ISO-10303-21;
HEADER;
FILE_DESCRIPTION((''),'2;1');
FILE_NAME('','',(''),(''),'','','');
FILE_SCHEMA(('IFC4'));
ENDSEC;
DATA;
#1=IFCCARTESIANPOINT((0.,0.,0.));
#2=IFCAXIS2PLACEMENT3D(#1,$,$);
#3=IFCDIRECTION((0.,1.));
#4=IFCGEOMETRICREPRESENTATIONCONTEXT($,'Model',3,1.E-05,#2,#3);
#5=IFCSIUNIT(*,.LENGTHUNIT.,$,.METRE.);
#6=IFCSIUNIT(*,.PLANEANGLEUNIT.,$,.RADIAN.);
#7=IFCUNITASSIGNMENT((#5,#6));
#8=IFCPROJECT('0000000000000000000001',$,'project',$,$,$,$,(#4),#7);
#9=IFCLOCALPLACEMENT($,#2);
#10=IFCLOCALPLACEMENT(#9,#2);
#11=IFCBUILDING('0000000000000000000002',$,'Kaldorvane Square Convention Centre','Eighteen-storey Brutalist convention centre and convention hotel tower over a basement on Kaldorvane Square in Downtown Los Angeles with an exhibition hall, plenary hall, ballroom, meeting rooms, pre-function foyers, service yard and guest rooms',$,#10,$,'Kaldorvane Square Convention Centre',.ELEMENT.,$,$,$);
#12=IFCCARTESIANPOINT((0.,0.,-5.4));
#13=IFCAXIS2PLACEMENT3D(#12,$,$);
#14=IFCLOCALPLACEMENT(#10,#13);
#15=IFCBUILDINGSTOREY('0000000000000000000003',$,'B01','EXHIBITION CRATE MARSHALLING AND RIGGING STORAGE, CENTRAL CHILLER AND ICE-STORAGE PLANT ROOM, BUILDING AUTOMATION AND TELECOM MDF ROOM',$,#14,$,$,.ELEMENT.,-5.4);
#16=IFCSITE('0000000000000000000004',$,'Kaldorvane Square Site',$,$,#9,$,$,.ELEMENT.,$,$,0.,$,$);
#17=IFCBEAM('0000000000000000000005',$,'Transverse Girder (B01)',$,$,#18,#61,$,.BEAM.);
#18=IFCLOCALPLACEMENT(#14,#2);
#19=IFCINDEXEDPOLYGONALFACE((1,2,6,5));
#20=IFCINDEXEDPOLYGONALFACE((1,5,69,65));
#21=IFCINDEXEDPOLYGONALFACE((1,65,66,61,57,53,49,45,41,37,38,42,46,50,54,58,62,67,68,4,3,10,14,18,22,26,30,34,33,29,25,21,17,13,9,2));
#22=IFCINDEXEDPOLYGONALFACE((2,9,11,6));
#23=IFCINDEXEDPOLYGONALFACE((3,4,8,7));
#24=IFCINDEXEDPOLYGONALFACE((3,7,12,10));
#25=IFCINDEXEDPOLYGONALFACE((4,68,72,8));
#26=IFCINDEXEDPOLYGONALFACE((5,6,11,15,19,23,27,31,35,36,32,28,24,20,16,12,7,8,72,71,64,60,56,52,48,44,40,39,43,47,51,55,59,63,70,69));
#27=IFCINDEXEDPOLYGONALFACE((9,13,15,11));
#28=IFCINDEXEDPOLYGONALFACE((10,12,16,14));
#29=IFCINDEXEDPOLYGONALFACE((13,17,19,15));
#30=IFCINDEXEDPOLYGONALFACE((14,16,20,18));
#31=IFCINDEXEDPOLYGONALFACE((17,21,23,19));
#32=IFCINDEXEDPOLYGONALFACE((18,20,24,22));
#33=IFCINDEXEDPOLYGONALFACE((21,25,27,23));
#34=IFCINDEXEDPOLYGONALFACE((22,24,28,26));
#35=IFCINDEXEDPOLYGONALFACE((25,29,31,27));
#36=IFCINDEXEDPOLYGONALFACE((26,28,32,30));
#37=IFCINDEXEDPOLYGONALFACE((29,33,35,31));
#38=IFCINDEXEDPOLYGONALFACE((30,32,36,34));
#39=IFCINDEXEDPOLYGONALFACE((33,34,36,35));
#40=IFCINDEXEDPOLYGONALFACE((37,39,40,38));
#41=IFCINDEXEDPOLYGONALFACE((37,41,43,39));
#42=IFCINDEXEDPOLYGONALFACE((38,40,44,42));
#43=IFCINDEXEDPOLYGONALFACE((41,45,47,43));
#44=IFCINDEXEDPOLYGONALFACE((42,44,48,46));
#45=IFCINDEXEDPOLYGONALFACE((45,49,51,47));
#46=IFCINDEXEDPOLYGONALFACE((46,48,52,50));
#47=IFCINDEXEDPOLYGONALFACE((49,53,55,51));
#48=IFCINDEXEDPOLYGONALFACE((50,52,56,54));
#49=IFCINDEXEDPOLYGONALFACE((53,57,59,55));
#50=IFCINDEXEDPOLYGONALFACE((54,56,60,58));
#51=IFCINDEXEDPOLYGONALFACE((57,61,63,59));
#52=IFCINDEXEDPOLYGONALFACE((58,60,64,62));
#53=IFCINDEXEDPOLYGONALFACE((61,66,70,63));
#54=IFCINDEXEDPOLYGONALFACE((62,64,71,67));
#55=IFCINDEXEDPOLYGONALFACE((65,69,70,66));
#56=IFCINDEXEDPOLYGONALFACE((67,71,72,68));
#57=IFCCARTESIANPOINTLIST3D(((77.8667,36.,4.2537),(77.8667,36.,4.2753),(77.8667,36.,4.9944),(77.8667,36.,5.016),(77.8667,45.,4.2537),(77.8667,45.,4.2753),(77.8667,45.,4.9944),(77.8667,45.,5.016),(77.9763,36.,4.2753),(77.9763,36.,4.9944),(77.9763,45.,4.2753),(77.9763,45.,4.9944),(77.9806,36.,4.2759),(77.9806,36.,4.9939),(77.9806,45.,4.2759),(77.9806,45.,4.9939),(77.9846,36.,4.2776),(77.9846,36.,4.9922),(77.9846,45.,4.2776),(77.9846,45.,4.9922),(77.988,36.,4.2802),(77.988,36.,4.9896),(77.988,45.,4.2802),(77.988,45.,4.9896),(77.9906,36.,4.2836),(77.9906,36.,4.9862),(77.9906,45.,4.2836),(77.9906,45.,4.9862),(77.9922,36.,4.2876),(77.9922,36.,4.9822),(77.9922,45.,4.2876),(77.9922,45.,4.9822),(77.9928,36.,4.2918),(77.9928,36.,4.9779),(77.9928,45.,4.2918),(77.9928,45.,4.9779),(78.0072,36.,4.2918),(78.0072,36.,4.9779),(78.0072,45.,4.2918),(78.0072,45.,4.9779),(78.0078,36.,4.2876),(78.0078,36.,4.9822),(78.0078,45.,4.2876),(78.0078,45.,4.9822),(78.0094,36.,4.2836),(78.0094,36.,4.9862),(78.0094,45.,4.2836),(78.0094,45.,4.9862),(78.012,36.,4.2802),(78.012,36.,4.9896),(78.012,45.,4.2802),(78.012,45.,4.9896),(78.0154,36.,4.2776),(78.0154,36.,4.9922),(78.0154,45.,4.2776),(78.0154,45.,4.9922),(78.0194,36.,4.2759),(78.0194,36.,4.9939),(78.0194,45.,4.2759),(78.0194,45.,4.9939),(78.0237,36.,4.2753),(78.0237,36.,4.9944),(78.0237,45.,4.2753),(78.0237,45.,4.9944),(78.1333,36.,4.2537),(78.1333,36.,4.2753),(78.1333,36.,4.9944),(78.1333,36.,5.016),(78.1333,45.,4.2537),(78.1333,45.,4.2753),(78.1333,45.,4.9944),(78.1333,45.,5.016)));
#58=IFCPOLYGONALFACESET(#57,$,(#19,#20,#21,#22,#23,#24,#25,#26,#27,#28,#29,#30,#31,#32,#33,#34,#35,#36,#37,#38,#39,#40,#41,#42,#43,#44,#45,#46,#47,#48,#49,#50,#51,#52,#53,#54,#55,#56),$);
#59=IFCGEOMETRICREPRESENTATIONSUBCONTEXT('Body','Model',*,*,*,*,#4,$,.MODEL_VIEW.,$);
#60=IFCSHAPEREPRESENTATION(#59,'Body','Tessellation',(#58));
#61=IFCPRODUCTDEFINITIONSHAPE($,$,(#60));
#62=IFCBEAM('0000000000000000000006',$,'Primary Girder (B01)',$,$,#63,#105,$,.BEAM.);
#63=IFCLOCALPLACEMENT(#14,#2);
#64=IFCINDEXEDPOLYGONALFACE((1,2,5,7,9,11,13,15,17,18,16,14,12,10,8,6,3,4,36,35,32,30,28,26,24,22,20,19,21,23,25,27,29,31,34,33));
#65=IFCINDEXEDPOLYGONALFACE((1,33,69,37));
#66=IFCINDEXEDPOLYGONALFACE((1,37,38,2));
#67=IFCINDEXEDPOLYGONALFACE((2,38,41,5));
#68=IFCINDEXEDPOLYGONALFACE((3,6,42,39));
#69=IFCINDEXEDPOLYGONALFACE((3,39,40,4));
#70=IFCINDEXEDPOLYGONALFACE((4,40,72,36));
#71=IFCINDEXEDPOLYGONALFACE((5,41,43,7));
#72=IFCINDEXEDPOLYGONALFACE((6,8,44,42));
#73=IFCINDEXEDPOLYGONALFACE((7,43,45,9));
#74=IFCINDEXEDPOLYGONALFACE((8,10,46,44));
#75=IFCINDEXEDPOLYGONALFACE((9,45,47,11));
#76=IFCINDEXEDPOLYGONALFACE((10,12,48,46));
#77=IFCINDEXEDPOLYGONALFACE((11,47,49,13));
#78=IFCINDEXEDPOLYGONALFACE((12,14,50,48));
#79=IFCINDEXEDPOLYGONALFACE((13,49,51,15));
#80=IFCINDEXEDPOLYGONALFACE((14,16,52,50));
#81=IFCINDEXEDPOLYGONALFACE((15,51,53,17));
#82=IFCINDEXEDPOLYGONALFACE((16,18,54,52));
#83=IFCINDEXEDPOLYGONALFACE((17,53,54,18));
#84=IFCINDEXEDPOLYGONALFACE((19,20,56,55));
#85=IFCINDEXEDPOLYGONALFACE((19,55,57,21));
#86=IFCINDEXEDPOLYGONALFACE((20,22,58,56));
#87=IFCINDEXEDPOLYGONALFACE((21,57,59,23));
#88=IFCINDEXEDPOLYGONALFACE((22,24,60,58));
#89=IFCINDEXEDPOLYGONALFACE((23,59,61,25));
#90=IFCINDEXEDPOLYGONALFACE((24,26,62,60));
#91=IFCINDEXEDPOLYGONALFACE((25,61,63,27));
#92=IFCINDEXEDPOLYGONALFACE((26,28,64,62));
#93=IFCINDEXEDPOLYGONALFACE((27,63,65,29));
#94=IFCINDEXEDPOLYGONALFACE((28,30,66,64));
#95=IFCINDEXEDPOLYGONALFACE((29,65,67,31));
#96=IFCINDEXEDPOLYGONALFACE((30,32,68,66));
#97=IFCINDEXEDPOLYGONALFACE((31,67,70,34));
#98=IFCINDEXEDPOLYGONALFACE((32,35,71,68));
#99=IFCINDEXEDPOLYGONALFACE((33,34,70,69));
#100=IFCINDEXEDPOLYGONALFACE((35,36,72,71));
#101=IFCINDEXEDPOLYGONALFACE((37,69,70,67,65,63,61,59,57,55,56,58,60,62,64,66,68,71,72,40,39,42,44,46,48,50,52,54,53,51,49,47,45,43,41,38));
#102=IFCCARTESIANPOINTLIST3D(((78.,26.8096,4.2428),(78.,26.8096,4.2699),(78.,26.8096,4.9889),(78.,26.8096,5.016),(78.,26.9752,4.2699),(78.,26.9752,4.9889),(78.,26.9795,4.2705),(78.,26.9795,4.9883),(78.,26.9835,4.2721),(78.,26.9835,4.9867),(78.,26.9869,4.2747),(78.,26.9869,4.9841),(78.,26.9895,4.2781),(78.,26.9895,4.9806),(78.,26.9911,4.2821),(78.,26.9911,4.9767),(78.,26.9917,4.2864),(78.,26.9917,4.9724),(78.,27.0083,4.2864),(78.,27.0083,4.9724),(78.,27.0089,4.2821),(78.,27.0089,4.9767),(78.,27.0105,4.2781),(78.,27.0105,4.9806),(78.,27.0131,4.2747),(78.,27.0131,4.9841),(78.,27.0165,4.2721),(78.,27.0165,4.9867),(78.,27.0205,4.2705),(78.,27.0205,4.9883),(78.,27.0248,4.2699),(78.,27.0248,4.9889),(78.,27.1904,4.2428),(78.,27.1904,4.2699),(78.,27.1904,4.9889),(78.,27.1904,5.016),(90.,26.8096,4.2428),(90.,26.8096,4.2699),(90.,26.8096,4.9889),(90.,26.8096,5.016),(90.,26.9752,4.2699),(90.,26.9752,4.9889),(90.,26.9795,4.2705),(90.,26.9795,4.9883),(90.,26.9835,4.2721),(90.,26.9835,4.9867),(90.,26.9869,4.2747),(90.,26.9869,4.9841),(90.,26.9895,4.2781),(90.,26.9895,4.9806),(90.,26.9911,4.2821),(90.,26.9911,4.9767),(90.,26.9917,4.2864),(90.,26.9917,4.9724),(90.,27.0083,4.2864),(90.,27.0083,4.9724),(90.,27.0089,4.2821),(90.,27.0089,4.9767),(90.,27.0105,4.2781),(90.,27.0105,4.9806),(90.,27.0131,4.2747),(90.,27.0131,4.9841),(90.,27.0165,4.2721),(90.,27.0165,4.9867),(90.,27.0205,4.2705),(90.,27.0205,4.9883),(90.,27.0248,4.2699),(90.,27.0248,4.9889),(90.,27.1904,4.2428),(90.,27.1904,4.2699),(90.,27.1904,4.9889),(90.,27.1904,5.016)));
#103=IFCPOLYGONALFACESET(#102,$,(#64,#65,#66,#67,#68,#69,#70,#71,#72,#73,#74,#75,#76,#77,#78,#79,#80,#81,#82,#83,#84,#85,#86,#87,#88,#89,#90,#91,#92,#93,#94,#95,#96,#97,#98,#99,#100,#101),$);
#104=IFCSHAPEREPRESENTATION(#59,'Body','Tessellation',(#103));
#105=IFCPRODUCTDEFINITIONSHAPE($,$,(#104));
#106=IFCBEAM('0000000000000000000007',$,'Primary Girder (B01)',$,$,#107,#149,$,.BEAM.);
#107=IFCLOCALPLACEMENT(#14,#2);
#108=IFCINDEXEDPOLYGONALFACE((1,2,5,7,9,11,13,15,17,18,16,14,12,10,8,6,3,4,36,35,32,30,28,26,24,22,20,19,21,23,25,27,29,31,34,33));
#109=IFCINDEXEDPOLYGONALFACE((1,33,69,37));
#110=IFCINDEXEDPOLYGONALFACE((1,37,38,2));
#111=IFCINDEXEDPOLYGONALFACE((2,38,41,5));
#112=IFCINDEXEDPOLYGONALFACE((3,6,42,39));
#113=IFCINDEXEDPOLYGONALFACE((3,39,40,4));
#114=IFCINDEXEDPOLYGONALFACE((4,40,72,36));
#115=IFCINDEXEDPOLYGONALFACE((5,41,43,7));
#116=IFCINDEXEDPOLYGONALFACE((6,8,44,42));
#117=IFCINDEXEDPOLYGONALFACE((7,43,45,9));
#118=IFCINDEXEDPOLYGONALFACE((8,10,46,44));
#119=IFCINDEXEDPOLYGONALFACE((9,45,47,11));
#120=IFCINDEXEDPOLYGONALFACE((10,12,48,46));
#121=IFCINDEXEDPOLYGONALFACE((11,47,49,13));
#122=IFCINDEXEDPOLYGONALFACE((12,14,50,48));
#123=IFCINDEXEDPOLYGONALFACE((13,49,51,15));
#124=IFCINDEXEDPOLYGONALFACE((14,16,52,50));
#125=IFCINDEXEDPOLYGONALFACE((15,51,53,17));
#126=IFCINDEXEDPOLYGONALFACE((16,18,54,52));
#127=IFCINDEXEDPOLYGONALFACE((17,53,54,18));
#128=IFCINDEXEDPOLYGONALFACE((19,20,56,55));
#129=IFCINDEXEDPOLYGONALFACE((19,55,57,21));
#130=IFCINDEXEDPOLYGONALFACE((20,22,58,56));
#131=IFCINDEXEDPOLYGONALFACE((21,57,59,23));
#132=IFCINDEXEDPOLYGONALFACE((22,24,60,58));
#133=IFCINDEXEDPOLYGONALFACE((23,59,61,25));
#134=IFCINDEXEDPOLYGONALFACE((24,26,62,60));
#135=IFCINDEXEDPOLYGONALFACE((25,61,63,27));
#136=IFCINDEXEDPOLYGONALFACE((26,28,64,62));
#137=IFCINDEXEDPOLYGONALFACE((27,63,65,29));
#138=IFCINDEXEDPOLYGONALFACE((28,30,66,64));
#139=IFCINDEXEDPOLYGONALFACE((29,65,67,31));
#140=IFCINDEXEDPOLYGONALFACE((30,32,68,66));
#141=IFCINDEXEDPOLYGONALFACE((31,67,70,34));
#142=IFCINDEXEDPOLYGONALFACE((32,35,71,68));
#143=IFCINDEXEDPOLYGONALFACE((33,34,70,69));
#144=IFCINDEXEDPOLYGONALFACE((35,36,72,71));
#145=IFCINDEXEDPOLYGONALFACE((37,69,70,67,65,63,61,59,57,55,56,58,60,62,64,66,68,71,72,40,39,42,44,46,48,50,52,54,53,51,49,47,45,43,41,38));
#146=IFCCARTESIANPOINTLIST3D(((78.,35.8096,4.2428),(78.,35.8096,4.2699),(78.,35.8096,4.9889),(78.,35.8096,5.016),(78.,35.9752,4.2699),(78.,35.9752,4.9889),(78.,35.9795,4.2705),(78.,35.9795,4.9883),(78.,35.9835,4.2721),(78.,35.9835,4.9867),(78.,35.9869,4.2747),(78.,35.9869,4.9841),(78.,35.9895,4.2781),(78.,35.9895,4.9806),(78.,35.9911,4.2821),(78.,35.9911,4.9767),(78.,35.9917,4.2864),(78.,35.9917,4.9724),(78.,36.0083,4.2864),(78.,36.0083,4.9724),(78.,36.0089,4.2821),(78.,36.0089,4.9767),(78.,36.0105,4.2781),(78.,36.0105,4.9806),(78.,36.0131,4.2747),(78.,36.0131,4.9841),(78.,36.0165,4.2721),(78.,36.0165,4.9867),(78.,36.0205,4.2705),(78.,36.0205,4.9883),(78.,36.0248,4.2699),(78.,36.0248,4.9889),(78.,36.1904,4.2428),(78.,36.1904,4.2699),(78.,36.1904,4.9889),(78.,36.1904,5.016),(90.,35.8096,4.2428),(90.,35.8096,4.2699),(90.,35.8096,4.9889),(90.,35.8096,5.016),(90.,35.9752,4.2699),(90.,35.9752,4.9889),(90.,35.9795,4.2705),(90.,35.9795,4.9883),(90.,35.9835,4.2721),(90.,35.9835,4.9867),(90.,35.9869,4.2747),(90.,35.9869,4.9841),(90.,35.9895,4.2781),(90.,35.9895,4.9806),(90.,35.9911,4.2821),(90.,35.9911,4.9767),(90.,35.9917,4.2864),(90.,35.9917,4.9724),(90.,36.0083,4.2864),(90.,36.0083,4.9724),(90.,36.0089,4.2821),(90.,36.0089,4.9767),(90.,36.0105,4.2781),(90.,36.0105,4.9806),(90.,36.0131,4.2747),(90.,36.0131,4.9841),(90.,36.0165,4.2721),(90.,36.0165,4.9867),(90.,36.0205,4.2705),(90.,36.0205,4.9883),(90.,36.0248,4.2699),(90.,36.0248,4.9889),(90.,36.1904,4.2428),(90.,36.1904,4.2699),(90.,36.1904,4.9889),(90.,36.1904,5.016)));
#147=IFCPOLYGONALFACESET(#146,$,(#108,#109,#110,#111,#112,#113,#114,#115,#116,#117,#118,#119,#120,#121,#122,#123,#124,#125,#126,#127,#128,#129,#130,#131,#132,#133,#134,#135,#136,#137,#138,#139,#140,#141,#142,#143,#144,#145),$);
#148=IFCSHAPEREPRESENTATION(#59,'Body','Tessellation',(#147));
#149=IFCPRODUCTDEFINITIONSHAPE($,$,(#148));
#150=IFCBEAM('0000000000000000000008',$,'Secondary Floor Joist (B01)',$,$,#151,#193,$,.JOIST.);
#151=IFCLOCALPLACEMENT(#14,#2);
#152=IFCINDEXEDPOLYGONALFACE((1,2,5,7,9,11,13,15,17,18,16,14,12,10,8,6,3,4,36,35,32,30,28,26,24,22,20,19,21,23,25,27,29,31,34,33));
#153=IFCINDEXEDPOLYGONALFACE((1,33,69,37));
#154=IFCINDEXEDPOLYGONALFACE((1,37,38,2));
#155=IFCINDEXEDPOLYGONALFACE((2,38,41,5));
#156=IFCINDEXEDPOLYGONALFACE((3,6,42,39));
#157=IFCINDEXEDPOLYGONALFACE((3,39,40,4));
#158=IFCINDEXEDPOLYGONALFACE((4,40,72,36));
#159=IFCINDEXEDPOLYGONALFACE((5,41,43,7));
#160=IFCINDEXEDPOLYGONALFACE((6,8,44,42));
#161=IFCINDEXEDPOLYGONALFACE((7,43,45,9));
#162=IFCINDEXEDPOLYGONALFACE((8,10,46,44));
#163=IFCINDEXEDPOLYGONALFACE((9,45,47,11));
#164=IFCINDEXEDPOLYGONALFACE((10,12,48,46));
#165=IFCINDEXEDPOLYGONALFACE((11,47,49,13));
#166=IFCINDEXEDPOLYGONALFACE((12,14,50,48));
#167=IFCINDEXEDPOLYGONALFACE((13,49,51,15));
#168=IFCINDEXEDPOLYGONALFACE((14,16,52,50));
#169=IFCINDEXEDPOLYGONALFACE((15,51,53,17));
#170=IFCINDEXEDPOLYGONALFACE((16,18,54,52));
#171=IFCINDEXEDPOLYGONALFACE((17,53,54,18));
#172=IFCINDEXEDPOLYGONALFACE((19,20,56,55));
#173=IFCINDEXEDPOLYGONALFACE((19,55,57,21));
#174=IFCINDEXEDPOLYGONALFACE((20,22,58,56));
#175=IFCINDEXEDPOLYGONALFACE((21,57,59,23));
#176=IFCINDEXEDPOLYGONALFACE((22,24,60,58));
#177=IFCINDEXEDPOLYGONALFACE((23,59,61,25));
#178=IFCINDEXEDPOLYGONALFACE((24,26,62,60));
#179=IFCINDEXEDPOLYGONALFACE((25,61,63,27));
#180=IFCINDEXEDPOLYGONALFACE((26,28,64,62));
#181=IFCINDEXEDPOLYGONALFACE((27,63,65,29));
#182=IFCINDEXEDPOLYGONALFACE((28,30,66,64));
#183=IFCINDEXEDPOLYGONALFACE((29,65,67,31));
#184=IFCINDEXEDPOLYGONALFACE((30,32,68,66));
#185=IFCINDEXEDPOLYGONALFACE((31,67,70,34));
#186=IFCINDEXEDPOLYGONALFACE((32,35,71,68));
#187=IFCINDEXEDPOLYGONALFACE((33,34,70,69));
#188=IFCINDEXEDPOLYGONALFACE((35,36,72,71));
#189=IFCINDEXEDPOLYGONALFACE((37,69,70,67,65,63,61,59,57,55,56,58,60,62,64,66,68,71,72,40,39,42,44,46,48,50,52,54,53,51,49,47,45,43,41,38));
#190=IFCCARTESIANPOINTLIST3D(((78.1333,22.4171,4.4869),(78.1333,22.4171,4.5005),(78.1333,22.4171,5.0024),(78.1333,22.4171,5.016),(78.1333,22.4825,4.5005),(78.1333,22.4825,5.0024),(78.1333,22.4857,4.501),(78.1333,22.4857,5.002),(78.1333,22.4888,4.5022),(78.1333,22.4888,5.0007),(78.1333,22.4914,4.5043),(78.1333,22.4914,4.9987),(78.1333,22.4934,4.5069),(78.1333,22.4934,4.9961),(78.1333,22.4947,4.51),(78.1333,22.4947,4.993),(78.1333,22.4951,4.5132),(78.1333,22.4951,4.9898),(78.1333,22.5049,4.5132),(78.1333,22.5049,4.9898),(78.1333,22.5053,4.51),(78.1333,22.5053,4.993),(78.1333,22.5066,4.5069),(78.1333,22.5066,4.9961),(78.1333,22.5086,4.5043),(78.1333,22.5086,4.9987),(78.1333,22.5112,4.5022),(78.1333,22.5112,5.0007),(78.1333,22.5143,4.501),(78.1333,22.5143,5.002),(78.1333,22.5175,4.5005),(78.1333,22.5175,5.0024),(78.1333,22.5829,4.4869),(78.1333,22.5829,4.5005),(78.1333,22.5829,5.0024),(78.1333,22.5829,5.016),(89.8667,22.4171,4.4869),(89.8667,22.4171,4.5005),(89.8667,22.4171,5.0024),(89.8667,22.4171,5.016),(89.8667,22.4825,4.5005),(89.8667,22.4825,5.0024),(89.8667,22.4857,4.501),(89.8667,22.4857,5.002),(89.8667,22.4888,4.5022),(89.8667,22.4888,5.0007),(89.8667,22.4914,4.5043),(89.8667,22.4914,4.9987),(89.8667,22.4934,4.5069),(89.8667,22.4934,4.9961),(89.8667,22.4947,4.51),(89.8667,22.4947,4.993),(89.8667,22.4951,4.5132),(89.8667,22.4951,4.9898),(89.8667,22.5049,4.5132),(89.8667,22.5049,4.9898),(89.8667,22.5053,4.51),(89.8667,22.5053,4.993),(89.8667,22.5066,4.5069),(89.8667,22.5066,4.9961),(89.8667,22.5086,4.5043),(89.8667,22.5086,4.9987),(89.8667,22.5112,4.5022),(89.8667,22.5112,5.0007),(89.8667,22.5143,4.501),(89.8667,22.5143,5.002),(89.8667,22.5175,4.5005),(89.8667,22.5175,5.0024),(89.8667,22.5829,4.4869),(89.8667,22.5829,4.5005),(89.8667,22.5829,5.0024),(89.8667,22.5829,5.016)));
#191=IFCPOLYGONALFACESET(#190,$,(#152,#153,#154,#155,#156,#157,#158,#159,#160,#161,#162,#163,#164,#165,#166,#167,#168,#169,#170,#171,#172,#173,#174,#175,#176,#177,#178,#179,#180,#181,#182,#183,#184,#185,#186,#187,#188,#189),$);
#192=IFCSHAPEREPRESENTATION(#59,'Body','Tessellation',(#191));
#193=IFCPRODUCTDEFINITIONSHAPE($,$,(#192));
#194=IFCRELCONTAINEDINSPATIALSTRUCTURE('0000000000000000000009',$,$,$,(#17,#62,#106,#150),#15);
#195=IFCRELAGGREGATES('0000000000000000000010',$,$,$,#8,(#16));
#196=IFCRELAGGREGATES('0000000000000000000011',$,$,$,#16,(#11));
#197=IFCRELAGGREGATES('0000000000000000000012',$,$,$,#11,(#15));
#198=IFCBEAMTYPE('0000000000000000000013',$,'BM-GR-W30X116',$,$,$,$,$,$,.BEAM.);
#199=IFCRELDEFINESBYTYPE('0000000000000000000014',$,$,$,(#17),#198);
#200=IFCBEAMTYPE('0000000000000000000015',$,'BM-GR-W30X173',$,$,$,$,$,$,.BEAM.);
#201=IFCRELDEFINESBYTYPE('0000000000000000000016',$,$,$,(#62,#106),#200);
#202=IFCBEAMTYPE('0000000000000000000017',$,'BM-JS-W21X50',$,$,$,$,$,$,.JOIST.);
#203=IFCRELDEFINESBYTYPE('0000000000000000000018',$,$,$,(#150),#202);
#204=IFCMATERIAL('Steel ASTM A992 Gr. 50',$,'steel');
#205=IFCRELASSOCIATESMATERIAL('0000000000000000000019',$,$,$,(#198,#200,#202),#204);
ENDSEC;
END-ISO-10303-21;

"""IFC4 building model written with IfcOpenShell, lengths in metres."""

from ifc_helpers import new_model, si_unit, direction, frame, origin, origin_2d, place, context, subcontext, project, spatial, i_section, extrude, material, material_profile, profile_set, type_object, element, save


model = new_model("IFC4")

# Units and contexts
model_context = context("Model", 3, precision=1e-05, world=origin(), true_north=direction((0.0, 1.0)))
body_context = subcontext(model_context, "Body", "Model", "MODEL_VIEW")
ifc_project = project(units=[si_unit("LENGTHUNIT", "METRE"), si_unit("PLANEANGLEUNIT", "RADIAN")], contexts=[model_context])

# Site, building, storey
site_placement = place(None, origin())
site = spatial("IfcSite", under=ifc_project, at=site_placement, Name="Kaldorvane Square Site", CompositionType="ELEMENT", RefElevation=0.0)
building_placement = place(site_placement, origin())
building = spatial("IfcBuilding", under=site, at=building_placement, Name="Kaldorvane Square Convention Centre", Description="Eighteen-storey Brutalist convention centre and convention hotel tower over a basement on Kaldorvane Square in Downtown Los Angeles with an exhibition hall, plenary hall, ballroom, meeting rooms, pre-function foyers, service yard and guest rooms", LongName="Kaldorvane Square Convention Centre", CompositionType="ELEMENT")
storey_placement = place(building_placement, frame((0.0, 0.0, -5.4)))
storey = spatial("IfcBuildingStorey", under=building, at=storey_placement, Name="B01", Description="EXHIBITION CRATE MARSHALLING AND RIGGING STORAGE, CENTRAL CHILLER AND ICE-STORAGE PLANT ROOM, BUILDING AUTOMATION AND TELECOM MDF ROOM", CompositionType="ELEMENT", Elevation=-5.4)

# Shared definitions
ifc_material_1 = material(Name="Steel ASTM A992 Gr. 50", Category="steel")

# Beams
ifc_material_profile_1 = material_profile(ifc_material_1, i_section(OverallWidth=0.2666, OverallDepth=0.7623, WebThickness=0.0144, FlangeThickness=0.0216, FilletRadius=0.0165, at=origin_2d()), Name="W30X116")
ifc_profile_set_1 = profile_set([ifc_material_profile_1], Name="Steel ASTM A992 Gr. 50")
beam_type_1 = type_object("IfcBeamType", Name="BM-GR-W30X116", PredefinedType="BEAM", material=ifc_profile_set_1)
for number, where, z_axis, x_axis, name in (
    (1, (78.0, 36.0, 4.6349), (0.0, 1.0, 0.0), (-1.0, 0.0, 0.0), "Transverse Girder (B01)"),
):
    element("IfcBeam", number, at=place(storey_placement, frame(where, z_axis=z_axis, x_axis=x_axis)), inside=storey, type_object=beam_type_1, Name=name, PredefinedType="BEAM", context=body_context, shape_type="SweptSolid", body=[
        extrude(i_section(OverallWidth=0.2666, OverallDepth=0.7623, WebThickness=0.0144, FlangeThickness=0.0216, FilletRadius=0.0165, at=origin_2d()), origin(), (0.0, 0.0, 1.0), 9.0),
    ])
ifc_material_profile_2 = material_profile(ifc_material_1, i_section(OverallWidth=0.3807, OverallDepth=0.7732, WebThickness=0.0166, FlangeThickness=0.0271, FilletRadius=0.0165, at=origin_2d()), Name="W30X173")
ifc_profile_set_2 = profile_set([ifc_material_profile_2], Name="Steel ASTM A992 Gr. 50")
beam_type_2 = type_object("IfcBeamType", Name="BM-GR-W30X173", PredefinedType="BEAM", material=ifc_profile_set_2)
for number, where, z_axis, x_axis, name in (
    (2, (78.0, 27.0, 4.6294), (1.0, 0.0, 0.0), (0.0, 1.0, 0.0), "Primary Girder (B01)"),
    (3, (78.0, 36.0, 4.6294), (1.0, 0.0, 0.0), (0.0, 1.0, 0.0), "Primary Girder (B01)"),
):
    element("IfcBeam", number, at=place(storey_placement, frame(where, z_axis=z_axis, x_axis=x_axis)), inside=storey, type_object=beam_type_2, Name=name, PredefinedType="BEAM", context=body_context, shape_type="SweptSolid", body=[
        extrude(i_section(OverallWidth=0.3807, OverallDepth=0.7732, WebThickness=0.0166, FlangeThickness=0.0271, FilletRadius=0.0165, at=origin_2d()), origin(), (0.0, 0.0, 1.0), 12.0),
    ])
ifc_material_profile_3 = material_profile(ifc_material_1, i_section(OverallWidth=0.1659, OverallDepth=0.5291, WebThickness=0.0097, FlangeThickness=0.0136, FilletRadius=0.0127, at=origin_2d()), Name="W21X50")
ifc_profile_set_3 = profile_set([ifc_material_profile_3], Name="Steel ASTM A992 Gr. 50")
beam_type_3 = type_object("IfcBeamType", Name="BM-JS-W21X50", PredefinedType="JOIST", material=ifc_profile_set_3)
for number, where, z_axis, x_axis, name in (
    (4, (78.1333, 22.5, 4.7515), (1.0, 0.0, 0.0), (0.0, 1.0, 0.0), "Secondary Floor Joist (B01)"),
):
    element("IfcBeam", number, at=place(storey_placement, frame(where, z_axis=z_axis, x_axis=x_axis)), inside=storey, type_object=beam_type_3, Name=name, PredefinedType="JOIST", context=body_context, shape_type="SweptSolid", body=[
        extrude(i_section(OverallWidth=0.1659, OverallDepth=0.5291, WebThickness=0.0097, FlangeThickness=0.0136, FilletRadius=0.0127, at=origin_2d()), origin(), (0.0, 0.0, 1.0), 11.7334),
    ])

save(model, "model.ifc")
